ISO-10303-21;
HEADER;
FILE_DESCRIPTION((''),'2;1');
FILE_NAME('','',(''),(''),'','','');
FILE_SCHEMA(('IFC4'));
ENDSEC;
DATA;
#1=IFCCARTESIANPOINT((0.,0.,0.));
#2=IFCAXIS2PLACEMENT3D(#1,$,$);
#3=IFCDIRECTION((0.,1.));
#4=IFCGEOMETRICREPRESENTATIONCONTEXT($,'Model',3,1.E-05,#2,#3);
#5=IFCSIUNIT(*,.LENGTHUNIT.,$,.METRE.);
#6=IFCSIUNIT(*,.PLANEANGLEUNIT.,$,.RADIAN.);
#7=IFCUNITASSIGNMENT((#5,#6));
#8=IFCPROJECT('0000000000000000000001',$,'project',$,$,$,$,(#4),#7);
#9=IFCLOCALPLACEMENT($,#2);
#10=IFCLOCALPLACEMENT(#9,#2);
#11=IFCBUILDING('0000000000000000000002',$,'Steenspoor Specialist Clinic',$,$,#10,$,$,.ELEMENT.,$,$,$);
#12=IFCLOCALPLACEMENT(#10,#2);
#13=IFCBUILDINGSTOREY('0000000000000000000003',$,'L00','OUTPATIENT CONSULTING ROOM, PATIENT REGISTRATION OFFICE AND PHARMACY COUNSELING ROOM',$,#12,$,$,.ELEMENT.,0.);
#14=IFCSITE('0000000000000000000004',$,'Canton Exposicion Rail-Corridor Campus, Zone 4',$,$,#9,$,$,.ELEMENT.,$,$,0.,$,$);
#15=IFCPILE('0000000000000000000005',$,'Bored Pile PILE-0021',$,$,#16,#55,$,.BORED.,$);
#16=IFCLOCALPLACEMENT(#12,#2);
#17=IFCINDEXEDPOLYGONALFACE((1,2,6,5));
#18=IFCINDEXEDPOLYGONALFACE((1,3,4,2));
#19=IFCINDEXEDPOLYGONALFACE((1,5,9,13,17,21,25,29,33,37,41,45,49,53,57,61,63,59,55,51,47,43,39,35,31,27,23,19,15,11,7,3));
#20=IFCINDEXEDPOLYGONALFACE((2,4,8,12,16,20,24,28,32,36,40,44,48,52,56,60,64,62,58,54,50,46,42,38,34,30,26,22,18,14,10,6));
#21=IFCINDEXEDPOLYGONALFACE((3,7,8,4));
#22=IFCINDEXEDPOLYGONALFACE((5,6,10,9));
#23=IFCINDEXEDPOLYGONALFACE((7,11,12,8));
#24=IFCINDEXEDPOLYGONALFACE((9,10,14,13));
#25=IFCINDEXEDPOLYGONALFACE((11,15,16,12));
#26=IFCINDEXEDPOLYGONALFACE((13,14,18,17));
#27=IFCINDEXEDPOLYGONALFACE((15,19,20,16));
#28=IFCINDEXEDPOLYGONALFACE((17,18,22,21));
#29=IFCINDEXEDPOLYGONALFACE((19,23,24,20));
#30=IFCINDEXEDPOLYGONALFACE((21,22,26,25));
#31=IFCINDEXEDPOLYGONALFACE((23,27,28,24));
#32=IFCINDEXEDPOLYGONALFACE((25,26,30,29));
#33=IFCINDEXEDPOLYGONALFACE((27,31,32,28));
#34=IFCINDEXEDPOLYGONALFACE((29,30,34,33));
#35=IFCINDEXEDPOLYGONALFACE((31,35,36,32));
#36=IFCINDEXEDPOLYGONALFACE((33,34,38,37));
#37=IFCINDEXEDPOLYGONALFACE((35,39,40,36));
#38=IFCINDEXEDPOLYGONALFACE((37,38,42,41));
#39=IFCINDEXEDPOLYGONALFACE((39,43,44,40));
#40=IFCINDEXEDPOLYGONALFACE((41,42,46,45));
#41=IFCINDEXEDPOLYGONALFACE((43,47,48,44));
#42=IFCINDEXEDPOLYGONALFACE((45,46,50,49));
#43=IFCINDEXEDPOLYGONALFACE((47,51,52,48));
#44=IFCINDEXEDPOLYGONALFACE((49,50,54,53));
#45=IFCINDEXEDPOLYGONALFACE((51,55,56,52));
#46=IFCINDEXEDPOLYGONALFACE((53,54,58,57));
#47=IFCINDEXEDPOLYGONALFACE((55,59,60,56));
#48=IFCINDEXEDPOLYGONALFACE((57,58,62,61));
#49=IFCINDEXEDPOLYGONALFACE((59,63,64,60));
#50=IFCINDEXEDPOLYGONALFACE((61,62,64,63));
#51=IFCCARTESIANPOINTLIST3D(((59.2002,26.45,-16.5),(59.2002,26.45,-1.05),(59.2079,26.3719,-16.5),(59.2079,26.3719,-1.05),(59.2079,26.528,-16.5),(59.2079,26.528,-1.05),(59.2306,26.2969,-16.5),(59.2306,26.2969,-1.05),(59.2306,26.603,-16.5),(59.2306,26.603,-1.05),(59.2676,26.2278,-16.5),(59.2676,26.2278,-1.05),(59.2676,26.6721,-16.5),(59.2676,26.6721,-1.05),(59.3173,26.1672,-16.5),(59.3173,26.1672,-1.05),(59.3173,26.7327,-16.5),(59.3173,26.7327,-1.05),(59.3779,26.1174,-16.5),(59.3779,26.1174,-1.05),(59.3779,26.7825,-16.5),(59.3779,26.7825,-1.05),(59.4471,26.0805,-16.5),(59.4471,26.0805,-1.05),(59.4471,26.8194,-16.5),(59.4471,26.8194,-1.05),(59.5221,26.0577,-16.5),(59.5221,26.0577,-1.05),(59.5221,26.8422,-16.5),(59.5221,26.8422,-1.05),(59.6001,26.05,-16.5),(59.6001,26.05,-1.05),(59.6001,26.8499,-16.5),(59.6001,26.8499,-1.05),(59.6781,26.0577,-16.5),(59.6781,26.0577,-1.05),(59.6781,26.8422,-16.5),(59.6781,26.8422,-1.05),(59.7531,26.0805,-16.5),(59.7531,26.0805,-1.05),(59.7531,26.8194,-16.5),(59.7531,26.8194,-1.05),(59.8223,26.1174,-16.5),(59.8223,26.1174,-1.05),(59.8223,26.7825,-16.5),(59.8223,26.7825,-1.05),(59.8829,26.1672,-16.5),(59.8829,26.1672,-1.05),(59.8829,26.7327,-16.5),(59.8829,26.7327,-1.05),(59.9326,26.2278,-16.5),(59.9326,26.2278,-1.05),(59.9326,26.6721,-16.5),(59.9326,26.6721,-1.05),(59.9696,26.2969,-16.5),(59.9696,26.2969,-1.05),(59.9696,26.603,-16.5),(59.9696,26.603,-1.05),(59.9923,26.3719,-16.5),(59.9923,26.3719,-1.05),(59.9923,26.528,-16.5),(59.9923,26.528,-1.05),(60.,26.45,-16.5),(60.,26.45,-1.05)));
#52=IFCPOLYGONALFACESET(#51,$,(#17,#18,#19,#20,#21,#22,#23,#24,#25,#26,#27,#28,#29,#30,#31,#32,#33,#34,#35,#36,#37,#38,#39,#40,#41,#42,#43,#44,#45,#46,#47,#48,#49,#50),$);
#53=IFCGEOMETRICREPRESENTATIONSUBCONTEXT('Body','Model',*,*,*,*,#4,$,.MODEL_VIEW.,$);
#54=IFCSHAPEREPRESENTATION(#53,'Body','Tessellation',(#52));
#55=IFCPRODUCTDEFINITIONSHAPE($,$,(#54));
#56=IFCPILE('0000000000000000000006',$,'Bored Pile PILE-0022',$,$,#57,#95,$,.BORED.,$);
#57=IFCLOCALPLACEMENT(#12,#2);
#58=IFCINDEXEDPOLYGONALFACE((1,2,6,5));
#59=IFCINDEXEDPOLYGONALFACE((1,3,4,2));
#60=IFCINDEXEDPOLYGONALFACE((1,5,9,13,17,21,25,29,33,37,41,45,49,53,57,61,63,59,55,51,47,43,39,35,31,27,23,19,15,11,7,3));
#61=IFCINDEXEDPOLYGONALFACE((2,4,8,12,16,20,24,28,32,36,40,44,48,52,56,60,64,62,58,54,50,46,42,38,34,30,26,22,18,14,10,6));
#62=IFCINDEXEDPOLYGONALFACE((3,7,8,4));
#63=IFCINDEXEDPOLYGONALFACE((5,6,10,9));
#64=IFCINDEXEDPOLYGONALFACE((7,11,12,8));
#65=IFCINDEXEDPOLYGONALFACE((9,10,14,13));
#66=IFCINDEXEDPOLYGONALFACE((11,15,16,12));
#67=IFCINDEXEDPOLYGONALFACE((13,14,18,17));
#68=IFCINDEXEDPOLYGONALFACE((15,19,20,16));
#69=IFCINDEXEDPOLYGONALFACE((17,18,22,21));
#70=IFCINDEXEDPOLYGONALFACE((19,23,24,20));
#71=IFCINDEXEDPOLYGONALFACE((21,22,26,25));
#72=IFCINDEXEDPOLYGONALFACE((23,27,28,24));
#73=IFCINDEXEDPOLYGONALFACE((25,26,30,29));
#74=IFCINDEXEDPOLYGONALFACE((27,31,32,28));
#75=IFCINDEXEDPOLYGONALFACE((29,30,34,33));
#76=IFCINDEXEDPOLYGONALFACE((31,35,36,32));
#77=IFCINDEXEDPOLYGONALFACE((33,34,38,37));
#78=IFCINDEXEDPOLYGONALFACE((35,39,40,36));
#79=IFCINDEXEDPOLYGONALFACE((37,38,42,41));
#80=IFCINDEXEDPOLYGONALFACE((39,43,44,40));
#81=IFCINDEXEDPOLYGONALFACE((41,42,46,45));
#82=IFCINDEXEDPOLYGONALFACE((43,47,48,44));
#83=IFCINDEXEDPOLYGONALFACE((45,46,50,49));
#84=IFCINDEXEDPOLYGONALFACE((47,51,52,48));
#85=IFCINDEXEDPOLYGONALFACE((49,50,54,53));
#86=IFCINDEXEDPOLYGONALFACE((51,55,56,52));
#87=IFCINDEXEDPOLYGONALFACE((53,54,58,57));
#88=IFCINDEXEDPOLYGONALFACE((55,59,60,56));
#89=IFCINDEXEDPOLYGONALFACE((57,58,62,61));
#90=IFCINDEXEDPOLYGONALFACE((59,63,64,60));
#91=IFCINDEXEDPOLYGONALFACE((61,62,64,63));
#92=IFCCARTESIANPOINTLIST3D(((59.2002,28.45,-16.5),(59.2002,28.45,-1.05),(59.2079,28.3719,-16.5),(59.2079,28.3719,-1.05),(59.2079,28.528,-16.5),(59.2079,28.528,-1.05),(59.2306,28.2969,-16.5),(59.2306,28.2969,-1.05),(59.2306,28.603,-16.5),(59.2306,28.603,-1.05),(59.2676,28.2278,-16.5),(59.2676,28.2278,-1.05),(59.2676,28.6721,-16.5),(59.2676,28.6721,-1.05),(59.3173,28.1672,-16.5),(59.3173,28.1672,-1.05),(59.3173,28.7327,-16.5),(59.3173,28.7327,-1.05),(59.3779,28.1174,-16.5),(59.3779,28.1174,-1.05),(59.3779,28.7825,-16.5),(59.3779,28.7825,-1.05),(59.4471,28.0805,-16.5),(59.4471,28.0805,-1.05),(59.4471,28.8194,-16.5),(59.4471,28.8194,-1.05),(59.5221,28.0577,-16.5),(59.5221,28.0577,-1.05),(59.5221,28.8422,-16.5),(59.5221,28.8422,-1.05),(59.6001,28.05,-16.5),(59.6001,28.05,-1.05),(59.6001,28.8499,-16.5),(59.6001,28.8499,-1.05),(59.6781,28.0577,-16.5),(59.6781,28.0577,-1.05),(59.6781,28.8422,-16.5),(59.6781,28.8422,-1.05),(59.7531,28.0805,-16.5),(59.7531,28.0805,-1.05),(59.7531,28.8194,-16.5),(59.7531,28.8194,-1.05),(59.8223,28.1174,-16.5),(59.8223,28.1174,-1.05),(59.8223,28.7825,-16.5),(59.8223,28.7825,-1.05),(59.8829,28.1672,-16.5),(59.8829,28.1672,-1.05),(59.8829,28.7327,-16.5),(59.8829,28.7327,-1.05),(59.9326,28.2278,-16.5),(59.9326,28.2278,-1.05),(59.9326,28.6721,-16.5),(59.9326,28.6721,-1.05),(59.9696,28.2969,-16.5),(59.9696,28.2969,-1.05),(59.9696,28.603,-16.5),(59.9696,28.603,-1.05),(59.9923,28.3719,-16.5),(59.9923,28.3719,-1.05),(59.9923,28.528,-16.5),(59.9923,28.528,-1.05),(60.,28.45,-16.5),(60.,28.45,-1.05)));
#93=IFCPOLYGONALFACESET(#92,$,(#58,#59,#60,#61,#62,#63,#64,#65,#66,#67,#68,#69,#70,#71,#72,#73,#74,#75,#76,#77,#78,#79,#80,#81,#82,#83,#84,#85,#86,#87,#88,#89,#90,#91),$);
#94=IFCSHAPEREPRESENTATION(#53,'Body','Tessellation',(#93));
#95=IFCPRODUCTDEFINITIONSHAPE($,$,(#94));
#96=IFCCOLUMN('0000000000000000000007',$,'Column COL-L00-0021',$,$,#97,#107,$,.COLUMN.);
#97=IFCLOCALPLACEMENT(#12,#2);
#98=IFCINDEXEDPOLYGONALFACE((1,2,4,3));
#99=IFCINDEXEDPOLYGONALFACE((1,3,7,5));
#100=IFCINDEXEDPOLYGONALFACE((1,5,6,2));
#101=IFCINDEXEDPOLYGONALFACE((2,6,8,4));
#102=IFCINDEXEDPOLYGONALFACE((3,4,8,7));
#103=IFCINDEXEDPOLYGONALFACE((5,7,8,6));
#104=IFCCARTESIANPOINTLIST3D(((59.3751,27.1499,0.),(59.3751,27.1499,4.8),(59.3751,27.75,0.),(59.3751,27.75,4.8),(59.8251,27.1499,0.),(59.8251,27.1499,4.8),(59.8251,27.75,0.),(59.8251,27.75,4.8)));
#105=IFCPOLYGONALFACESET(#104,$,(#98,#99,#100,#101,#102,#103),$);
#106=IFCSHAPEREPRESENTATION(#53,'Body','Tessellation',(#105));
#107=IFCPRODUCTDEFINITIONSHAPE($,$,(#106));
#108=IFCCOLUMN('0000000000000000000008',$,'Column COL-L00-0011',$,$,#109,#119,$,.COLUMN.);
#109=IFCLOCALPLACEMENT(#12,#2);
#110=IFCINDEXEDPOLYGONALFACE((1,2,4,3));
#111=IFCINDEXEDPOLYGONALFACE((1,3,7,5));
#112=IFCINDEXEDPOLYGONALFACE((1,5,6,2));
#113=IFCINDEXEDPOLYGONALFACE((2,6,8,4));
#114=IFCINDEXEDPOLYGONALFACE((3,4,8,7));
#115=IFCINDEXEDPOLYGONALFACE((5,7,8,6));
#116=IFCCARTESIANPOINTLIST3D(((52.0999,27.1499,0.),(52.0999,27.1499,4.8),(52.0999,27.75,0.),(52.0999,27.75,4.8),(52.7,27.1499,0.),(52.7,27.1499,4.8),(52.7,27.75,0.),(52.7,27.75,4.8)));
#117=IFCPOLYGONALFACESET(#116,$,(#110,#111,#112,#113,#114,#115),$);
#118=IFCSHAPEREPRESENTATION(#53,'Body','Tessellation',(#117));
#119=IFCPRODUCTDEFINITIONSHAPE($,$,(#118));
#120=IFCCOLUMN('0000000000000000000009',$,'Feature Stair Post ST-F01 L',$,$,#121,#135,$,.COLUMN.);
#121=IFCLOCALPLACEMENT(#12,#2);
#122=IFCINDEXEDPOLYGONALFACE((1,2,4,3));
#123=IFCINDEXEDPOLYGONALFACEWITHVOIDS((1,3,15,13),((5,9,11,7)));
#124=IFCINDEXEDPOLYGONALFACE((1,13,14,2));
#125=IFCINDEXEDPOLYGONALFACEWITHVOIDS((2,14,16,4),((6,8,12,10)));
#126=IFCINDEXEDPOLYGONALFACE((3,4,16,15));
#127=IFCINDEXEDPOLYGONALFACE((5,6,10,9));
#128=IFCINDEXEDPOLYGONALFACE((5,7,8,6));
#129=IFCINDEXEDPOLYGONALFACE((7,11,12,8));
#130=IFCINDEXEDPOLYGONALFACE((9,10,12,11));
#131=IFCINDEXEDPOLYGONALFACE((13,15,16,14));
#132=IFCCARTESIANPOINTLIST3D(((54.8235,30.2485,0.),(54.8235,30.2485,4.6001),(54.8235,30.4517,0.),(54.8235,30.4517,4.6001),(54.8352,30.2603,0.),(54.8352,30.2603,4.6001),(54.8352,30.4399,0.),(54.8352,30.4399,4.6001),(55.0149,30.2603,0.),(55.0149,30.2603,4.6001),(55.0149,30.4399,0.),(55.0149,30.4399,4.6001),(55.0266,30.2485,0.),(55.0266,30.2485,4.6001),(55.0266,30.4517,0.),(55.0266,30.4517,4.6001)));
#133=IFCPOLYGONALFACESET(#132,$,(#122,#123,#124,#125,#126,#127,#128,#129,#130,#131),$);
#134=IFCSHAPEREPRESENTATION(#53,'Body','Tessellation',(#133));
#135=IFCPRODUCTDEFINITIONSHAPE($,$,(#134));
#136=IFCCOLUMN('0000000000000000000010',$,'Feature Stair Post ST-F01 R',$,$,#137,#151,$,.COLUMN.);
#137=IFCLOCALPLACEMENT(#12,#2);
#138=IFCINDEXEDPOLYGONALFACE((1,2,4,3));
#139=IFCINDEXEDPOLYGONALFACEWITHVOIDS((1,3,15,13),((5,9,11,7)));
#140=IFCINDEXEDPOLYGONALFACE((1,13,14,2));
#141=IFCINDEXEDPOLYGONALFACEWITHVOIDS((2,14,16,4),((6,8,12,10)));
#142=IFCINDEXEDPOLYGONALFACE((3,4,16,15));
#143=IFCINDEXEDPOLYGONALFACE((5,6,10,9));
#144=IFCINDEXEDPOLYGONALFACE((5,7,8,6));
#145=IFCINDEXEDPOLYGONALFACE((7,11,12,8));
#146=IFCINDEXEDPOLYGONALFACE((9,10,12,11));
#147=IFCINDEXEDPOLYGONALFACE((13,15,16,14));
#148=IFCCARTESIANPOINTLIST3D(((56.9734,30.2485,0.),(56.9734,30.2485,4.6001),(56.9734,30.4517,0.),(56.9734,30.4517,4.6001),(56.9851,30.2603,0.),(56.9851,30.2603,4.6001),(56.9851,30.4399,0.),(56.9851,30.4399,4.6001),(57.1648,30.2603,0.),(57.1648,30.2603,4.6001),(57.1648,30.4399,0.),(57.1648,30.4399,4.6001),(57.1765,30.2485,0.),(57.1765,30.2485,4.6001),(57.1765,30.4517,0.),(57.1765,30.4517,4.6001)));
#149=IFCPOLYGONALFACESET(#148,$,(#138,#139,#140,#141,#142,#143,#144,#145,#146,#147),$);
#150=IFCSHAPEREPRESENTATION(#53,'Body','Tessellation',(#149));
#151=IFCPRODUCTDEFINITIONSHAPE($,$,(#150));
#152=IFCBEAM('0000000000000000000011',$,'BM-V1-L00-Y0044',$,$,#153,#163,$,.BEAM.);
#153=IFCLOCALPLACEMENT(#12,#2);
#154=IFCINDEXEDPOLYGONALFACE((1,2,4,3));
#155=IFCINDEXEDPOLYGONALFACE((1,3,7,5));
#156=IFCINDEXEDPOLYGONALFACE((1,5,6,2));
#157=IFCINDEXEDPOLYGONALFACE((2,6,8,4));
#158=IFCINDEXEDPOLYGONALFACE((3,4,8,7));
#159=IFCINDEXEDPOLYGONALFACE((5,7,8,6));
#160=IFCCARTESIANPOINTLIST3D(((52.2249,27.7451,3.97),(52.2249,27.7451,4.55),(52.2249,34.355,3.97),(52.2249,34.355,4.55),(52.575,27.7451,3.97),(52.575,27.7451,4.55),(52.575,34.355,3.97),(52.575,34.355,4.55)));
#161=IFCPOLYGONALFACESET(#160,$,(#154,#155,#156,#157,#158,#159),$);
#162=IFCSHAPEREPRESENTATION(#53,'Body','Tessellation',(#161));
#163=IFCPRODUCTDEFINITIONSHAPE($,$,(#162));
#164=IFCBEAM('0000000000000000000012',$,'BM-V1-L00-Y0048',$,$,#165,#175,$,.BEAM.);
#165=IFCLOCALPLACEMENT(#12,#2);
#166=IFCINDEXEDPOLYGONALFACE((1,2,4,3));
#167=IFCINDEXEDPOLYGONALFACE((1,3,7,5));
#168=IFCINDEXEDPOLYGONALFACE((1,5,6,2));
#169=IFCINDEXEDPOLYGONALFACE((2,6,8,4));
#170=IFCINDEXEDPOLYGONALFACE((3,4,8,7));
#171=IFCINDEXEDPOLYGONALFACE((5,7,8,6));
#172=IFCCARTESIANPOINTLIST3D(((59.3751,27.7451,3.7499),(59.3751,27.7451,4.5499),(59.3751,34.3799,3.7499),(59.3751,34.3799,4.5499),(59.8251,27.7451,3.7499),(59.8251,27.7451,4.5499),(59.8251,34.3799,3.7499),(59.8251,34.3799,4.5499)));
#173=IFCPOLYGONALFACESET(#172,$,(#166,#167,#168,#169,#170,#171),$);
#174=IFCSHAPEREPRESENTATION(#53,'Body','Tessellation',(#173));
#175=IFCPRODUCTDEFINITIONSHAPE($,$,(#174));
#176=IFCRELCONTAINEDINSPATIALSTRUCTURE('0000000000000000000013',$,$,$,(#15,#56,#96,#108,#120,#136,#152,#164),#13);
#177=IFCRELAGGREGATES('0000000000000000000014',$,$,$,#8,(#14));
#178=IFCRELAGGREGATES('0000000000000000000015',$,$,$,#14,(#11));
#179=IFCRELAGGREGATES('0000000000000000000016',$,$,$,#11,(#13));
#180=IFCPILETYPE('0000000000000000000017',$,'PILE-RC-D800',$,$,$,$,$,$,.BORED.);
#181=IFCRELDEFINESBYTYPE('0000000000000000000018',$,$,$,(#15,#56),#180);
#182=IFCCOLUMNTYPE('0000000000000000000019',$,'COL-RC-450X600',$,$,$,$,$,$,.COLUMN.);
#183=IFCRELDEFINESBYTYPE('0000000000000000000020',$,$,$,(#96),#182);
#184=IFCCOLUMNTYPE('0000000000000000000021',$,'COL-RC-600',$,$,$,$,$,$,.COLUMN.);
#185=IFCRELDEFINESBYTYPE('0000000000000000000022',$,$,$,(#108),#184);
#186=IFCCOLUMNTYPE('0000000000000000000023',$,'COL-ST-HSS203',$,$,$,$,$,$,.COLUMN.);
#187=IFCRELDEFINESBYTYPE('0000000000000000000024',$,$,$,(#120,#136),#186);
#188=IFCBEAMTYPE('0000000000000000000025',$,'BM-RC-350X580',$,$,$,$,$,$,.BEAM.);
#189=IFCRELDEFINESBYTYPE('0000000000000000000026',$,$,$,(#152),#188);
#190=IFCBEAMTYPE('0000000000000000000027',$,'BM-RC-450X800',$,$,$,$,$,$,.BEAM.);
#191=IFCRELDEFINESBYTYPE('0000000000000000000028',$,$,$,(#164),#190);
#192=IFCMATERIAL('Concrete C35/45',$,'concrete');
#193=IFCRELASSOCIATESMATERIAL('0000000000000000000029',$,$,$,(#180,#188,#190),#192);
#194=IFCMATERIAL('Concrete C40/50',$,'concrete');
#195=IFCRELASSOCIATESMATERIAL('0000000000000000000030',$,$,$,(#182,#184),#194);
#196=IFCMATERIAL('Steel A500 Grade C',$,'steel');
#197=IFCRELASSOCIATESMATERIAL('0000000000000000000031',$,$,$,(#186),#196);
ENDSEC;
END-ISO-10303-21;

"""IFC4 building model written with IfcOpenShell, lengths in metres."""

from ifc_helpers import new_model, si_unit, direction, frame, origin, origin_2d, place, context, subcontext, project, spatial, rectangle, hollow_rectangle, circle, extrude, material, material_profile, profile_set, type_object, element, save


model = new_model("IFC4")

# Units and contexts
model_context = context("Model", 3, precision=1e-05, world=origin(), true_north=direction((0.0, 1.0)))
body_context = subcontext(model_context, "Body", "Model", "MODEL_VIEW")
ifc_project = project(units=[si_unit("LENGTHUNIT", "METRE"), si_unit("PLANEANGLEUNIT", "RADIAN")], contexts=[model_context])

# Site, building, storey
site_placement = place(None, origin())
site = spatial("IfcSite", under=ifc_project, at=site_placement, Name="Canton Exposicion Rail-Corridor Campus, Zone 4", CompositionType="ELEMENT", RefElevation=0.0)
building_placement = place(site_placement, origin())
building = spatial("IfcBuilding", under=site, at=building_placement, Name="Steenspoor Specialist Clinic", CompositionType="ELEMENT")
storey_placement = place(building_placement, origin())
storey = spatial("IfcBuildingStorey", under=building, at=storey_placement, Name="L00", Description="OUTPATIENT CONSULTING ROOM, PATIENT REGISTRATION OFFICE AND PHARMACY COUNSELING ROOM", CompositionType="ELEMENT", Elevation=0.0)

# Shared definitions
ifc_material_1 = material(Name="Concrete C35/45", Category="concrete")

# Piles
ifc_material_profile_1 = material_profile(ifc_material_1, circle(Radius=0.3999, at=origin_2d()), Name="PILE-D800")
ifc_profile_set_1 = profile_set([ifc_material_profile_1], Name="Concrete C35/45")
pile_type = type_object("IfcPileType", Name="PILE-RC-D800", PredefinedType="BORED", material=ifc_profile_set_1)
for number, where, z_axis, x_axis, name in (
    (1, (59.6001, 26.45, -1.05), (0.0, 0.0, -1.0), (1.0, 0.0, 0.0), "Bored Pile PILE-0021"),
    (2, (59.6001, 28.45, -1.05), (0.0, 0.0, -1.0), (1.0, 0.0, 0.0), "Bored Pile PILE-0022"),
):
    element("IfcPile", number, at=place(storey_placement, frame(where, z_axis=z_axis, x_axis=x_axis)), inside=storey, type_object=pile_type, Name=name, PredefinedType="BORED", context=body_context, shape_type="SweptSolid", body=[
        extrude(circle(Radius=0.3999, at=origin_2d()), origin(), (0.0, 0.0, 1.0), 15.45),
    ])

# Columns
ifc_material_2 = material(Name="Concrete C40/50", Category="concrete")
ifc_material_profile_2 = material_profile(ifc_material_2, rectangle(XDim=0.45, YDim=0.6001, at=origin_2d()), Name="RC-COL-450X600")
ifc_profile_set_2 = profile_set([ifc_material_profile_2], Name="Concrete C40/50")
column_type_1 = type_object("IfcColumnType", Name="COL-RC-450X600", PredefinedType="COLUMN", material=ifc_profile_set_2)
column_1_placement = place(storey_placement, frame((59.6001, 27.45, 0.0), z_axis=(0.0, 0.0, 1.0), x_axis=(1.0, 0.0, 0.0)))
element("IfcColumn", 3, at=column_1_placement, inside=storey, type_object=column_type_1, Name="Column COL-L00-0021", PredefinedType="COLUMN", context=body_context, shape_type="SweptSolid", body=[
    extrude(rectangle(XDim=0.45, YDim=0.6001, at=origin_2d()), origin(), (0.0, 0.0, 1.0), 4.8),
])
ifc_material_profile_3 = material_profile(ifc_material_2, rectangle(XDim=0.6001, YDim=0.6001, at=origin_2d()), Name="RC-COL-600X600")
ifc_profile_set_3 = profile_set([ifc_material_profile_3], Name="Concrete C40/50")
column_type_2 = type_object("IfcColumnType", Name="COL-RC-600", PredefinedType="COLUMN", material=ifc_profile_set_3)
column_2_placement = place(storey_placement, frame((52.3999, 27.45, 0.0), z_axis=(0.0, 0.0, 1.0), x_axis=(1.0, 0.0, 0.0)))
element("IfcColumn", 4, at=column_2_placement, inside=storey, type_object=column_type_2, Name="Column COL-L00-0011", PredefinedType="COLUMN", context=body_context, shape_type="SweptSolid", body=[
    extrude(rectangle(XDim=0.6001, YDim=0.6001, at=origin_2d()), origin(), (0.0, 0.0, 1.0), 4.8),
])
ifc_material_3 = material(Name="Steel A500 Grade C", Category="steel")
ifc_material_profile_4 = material_profile(ifc_material_3, hollow_rectangle(XDim=0.2031, YDim=0.2031, WallThickness=0.0117, at=origin_2d()), Name="HSS203X203X12.7")
ifc_profile_set_4 = profile_set([ifc_material_profile_4], Name="Steel A500 Grade C")
column_type_3 = type_object("IfcColumnType", Name="COL-ST-HSS203", PredefinedType="COLUMN", material=ifc_profile_set_4)
for number, where, z_axis, x_axis, name in (
    (5, (54.925, 30.3501, 0.0), (0.0, 0.0, 1.0), (1.0, 0.0, 0.0), "Feature Stair Post ST-F01 L"),
    (6, (57.075, 30.3501, 0.0), (0.0, 0.0, 1.0), (1.0, 0.0, 0.0), "Feature Stair Post ST-F01 R"),
):
    element("IfcColumn", number, at=place(storey_placement, frame(where, z_axis=z_axis, x_axis=x_axis)), inside=storey, type_object=column_type_3, Name=name, PredefinedType="COLUMN", context=body_context, shape_type="SweptSolid", body=[
        extrude(hollow_rectangle(XDim=0.2031, YDim=0.2031, WallThickness=0.0117, at=origin_2d()), origin(), (0.0, 0.0, 1.0), 4.6001),
    ])

# Beams
ifc_material_profile_5 = material_profile(ifc_material_1, rectangle(XDim=0.3501, YDim=0.5801, at=origin_2d()), Name="RC-BM-350X580")
ifc_profile_set_5 = profile_set([ifc_material_profile_5], Name="Concrete C35/45")
beam_type_1 = type_object("IfcBeamType", Name="BM-RC-350X580", PredefinedType="BEAM", material=ifc_profile_set_5)
beam_1_placement = place(storey_placement, frame((52.3999, 27.7451, 4.26), z_axis=(0.0, 1.0, 0.0), x_axis=(-1.0, 0.0, 0.0)))
element("IfcBeam", 7, at=beam_1_placement, inside=storey, type_object=beam_type_1, Name="BM-V1-L00-Y0044", PredefinedType="BEAM", context=body_context, shape_type="SweptSolid", body=[
    extrude(rectangle(XDim=0.3501, YDim=0.5801, at=origin_2d()), origin(), (0.0, 0.0, 1.0), 6.6099),
])
ifc_material_profile_6 = material_profile(ifc_material_1, rectangle(XDim=0.45, YDim=0.8, at=origin_2d()), Name="RC-BM-450X800")
ifc_profile_set_6 = profile_set([ifc_material_profile_6], Name="Concrete C35/45")
beam_type_2 = type_object("IfcBeamType", Name="BM-RC-450X800", PredefinedType="BEAM", material=ifc_profile_set_6)
beam_2_placement = place(storey_placement, frame((59.6001, 27.7451, 4.1499), z_axis=(0.0, 1.0, 0.0), x_axis=(-1.0, 0.0, 0.0)))
element("IfcBeam", 8, at=beam_2_placement, inside=storey, type_object=beam_type_2, Name="BM-V1-L00-Y0048", PredefinedType="BEAM", context=body_context, shape_type="SweptSolid", body=[
    extrude(rectangle(XDim=0.45, YDim=0.8, at=origin_2d()), origin(), (0.0, 0.0, 1.0), 6.6348),
])

save(model, "model.ifc")
